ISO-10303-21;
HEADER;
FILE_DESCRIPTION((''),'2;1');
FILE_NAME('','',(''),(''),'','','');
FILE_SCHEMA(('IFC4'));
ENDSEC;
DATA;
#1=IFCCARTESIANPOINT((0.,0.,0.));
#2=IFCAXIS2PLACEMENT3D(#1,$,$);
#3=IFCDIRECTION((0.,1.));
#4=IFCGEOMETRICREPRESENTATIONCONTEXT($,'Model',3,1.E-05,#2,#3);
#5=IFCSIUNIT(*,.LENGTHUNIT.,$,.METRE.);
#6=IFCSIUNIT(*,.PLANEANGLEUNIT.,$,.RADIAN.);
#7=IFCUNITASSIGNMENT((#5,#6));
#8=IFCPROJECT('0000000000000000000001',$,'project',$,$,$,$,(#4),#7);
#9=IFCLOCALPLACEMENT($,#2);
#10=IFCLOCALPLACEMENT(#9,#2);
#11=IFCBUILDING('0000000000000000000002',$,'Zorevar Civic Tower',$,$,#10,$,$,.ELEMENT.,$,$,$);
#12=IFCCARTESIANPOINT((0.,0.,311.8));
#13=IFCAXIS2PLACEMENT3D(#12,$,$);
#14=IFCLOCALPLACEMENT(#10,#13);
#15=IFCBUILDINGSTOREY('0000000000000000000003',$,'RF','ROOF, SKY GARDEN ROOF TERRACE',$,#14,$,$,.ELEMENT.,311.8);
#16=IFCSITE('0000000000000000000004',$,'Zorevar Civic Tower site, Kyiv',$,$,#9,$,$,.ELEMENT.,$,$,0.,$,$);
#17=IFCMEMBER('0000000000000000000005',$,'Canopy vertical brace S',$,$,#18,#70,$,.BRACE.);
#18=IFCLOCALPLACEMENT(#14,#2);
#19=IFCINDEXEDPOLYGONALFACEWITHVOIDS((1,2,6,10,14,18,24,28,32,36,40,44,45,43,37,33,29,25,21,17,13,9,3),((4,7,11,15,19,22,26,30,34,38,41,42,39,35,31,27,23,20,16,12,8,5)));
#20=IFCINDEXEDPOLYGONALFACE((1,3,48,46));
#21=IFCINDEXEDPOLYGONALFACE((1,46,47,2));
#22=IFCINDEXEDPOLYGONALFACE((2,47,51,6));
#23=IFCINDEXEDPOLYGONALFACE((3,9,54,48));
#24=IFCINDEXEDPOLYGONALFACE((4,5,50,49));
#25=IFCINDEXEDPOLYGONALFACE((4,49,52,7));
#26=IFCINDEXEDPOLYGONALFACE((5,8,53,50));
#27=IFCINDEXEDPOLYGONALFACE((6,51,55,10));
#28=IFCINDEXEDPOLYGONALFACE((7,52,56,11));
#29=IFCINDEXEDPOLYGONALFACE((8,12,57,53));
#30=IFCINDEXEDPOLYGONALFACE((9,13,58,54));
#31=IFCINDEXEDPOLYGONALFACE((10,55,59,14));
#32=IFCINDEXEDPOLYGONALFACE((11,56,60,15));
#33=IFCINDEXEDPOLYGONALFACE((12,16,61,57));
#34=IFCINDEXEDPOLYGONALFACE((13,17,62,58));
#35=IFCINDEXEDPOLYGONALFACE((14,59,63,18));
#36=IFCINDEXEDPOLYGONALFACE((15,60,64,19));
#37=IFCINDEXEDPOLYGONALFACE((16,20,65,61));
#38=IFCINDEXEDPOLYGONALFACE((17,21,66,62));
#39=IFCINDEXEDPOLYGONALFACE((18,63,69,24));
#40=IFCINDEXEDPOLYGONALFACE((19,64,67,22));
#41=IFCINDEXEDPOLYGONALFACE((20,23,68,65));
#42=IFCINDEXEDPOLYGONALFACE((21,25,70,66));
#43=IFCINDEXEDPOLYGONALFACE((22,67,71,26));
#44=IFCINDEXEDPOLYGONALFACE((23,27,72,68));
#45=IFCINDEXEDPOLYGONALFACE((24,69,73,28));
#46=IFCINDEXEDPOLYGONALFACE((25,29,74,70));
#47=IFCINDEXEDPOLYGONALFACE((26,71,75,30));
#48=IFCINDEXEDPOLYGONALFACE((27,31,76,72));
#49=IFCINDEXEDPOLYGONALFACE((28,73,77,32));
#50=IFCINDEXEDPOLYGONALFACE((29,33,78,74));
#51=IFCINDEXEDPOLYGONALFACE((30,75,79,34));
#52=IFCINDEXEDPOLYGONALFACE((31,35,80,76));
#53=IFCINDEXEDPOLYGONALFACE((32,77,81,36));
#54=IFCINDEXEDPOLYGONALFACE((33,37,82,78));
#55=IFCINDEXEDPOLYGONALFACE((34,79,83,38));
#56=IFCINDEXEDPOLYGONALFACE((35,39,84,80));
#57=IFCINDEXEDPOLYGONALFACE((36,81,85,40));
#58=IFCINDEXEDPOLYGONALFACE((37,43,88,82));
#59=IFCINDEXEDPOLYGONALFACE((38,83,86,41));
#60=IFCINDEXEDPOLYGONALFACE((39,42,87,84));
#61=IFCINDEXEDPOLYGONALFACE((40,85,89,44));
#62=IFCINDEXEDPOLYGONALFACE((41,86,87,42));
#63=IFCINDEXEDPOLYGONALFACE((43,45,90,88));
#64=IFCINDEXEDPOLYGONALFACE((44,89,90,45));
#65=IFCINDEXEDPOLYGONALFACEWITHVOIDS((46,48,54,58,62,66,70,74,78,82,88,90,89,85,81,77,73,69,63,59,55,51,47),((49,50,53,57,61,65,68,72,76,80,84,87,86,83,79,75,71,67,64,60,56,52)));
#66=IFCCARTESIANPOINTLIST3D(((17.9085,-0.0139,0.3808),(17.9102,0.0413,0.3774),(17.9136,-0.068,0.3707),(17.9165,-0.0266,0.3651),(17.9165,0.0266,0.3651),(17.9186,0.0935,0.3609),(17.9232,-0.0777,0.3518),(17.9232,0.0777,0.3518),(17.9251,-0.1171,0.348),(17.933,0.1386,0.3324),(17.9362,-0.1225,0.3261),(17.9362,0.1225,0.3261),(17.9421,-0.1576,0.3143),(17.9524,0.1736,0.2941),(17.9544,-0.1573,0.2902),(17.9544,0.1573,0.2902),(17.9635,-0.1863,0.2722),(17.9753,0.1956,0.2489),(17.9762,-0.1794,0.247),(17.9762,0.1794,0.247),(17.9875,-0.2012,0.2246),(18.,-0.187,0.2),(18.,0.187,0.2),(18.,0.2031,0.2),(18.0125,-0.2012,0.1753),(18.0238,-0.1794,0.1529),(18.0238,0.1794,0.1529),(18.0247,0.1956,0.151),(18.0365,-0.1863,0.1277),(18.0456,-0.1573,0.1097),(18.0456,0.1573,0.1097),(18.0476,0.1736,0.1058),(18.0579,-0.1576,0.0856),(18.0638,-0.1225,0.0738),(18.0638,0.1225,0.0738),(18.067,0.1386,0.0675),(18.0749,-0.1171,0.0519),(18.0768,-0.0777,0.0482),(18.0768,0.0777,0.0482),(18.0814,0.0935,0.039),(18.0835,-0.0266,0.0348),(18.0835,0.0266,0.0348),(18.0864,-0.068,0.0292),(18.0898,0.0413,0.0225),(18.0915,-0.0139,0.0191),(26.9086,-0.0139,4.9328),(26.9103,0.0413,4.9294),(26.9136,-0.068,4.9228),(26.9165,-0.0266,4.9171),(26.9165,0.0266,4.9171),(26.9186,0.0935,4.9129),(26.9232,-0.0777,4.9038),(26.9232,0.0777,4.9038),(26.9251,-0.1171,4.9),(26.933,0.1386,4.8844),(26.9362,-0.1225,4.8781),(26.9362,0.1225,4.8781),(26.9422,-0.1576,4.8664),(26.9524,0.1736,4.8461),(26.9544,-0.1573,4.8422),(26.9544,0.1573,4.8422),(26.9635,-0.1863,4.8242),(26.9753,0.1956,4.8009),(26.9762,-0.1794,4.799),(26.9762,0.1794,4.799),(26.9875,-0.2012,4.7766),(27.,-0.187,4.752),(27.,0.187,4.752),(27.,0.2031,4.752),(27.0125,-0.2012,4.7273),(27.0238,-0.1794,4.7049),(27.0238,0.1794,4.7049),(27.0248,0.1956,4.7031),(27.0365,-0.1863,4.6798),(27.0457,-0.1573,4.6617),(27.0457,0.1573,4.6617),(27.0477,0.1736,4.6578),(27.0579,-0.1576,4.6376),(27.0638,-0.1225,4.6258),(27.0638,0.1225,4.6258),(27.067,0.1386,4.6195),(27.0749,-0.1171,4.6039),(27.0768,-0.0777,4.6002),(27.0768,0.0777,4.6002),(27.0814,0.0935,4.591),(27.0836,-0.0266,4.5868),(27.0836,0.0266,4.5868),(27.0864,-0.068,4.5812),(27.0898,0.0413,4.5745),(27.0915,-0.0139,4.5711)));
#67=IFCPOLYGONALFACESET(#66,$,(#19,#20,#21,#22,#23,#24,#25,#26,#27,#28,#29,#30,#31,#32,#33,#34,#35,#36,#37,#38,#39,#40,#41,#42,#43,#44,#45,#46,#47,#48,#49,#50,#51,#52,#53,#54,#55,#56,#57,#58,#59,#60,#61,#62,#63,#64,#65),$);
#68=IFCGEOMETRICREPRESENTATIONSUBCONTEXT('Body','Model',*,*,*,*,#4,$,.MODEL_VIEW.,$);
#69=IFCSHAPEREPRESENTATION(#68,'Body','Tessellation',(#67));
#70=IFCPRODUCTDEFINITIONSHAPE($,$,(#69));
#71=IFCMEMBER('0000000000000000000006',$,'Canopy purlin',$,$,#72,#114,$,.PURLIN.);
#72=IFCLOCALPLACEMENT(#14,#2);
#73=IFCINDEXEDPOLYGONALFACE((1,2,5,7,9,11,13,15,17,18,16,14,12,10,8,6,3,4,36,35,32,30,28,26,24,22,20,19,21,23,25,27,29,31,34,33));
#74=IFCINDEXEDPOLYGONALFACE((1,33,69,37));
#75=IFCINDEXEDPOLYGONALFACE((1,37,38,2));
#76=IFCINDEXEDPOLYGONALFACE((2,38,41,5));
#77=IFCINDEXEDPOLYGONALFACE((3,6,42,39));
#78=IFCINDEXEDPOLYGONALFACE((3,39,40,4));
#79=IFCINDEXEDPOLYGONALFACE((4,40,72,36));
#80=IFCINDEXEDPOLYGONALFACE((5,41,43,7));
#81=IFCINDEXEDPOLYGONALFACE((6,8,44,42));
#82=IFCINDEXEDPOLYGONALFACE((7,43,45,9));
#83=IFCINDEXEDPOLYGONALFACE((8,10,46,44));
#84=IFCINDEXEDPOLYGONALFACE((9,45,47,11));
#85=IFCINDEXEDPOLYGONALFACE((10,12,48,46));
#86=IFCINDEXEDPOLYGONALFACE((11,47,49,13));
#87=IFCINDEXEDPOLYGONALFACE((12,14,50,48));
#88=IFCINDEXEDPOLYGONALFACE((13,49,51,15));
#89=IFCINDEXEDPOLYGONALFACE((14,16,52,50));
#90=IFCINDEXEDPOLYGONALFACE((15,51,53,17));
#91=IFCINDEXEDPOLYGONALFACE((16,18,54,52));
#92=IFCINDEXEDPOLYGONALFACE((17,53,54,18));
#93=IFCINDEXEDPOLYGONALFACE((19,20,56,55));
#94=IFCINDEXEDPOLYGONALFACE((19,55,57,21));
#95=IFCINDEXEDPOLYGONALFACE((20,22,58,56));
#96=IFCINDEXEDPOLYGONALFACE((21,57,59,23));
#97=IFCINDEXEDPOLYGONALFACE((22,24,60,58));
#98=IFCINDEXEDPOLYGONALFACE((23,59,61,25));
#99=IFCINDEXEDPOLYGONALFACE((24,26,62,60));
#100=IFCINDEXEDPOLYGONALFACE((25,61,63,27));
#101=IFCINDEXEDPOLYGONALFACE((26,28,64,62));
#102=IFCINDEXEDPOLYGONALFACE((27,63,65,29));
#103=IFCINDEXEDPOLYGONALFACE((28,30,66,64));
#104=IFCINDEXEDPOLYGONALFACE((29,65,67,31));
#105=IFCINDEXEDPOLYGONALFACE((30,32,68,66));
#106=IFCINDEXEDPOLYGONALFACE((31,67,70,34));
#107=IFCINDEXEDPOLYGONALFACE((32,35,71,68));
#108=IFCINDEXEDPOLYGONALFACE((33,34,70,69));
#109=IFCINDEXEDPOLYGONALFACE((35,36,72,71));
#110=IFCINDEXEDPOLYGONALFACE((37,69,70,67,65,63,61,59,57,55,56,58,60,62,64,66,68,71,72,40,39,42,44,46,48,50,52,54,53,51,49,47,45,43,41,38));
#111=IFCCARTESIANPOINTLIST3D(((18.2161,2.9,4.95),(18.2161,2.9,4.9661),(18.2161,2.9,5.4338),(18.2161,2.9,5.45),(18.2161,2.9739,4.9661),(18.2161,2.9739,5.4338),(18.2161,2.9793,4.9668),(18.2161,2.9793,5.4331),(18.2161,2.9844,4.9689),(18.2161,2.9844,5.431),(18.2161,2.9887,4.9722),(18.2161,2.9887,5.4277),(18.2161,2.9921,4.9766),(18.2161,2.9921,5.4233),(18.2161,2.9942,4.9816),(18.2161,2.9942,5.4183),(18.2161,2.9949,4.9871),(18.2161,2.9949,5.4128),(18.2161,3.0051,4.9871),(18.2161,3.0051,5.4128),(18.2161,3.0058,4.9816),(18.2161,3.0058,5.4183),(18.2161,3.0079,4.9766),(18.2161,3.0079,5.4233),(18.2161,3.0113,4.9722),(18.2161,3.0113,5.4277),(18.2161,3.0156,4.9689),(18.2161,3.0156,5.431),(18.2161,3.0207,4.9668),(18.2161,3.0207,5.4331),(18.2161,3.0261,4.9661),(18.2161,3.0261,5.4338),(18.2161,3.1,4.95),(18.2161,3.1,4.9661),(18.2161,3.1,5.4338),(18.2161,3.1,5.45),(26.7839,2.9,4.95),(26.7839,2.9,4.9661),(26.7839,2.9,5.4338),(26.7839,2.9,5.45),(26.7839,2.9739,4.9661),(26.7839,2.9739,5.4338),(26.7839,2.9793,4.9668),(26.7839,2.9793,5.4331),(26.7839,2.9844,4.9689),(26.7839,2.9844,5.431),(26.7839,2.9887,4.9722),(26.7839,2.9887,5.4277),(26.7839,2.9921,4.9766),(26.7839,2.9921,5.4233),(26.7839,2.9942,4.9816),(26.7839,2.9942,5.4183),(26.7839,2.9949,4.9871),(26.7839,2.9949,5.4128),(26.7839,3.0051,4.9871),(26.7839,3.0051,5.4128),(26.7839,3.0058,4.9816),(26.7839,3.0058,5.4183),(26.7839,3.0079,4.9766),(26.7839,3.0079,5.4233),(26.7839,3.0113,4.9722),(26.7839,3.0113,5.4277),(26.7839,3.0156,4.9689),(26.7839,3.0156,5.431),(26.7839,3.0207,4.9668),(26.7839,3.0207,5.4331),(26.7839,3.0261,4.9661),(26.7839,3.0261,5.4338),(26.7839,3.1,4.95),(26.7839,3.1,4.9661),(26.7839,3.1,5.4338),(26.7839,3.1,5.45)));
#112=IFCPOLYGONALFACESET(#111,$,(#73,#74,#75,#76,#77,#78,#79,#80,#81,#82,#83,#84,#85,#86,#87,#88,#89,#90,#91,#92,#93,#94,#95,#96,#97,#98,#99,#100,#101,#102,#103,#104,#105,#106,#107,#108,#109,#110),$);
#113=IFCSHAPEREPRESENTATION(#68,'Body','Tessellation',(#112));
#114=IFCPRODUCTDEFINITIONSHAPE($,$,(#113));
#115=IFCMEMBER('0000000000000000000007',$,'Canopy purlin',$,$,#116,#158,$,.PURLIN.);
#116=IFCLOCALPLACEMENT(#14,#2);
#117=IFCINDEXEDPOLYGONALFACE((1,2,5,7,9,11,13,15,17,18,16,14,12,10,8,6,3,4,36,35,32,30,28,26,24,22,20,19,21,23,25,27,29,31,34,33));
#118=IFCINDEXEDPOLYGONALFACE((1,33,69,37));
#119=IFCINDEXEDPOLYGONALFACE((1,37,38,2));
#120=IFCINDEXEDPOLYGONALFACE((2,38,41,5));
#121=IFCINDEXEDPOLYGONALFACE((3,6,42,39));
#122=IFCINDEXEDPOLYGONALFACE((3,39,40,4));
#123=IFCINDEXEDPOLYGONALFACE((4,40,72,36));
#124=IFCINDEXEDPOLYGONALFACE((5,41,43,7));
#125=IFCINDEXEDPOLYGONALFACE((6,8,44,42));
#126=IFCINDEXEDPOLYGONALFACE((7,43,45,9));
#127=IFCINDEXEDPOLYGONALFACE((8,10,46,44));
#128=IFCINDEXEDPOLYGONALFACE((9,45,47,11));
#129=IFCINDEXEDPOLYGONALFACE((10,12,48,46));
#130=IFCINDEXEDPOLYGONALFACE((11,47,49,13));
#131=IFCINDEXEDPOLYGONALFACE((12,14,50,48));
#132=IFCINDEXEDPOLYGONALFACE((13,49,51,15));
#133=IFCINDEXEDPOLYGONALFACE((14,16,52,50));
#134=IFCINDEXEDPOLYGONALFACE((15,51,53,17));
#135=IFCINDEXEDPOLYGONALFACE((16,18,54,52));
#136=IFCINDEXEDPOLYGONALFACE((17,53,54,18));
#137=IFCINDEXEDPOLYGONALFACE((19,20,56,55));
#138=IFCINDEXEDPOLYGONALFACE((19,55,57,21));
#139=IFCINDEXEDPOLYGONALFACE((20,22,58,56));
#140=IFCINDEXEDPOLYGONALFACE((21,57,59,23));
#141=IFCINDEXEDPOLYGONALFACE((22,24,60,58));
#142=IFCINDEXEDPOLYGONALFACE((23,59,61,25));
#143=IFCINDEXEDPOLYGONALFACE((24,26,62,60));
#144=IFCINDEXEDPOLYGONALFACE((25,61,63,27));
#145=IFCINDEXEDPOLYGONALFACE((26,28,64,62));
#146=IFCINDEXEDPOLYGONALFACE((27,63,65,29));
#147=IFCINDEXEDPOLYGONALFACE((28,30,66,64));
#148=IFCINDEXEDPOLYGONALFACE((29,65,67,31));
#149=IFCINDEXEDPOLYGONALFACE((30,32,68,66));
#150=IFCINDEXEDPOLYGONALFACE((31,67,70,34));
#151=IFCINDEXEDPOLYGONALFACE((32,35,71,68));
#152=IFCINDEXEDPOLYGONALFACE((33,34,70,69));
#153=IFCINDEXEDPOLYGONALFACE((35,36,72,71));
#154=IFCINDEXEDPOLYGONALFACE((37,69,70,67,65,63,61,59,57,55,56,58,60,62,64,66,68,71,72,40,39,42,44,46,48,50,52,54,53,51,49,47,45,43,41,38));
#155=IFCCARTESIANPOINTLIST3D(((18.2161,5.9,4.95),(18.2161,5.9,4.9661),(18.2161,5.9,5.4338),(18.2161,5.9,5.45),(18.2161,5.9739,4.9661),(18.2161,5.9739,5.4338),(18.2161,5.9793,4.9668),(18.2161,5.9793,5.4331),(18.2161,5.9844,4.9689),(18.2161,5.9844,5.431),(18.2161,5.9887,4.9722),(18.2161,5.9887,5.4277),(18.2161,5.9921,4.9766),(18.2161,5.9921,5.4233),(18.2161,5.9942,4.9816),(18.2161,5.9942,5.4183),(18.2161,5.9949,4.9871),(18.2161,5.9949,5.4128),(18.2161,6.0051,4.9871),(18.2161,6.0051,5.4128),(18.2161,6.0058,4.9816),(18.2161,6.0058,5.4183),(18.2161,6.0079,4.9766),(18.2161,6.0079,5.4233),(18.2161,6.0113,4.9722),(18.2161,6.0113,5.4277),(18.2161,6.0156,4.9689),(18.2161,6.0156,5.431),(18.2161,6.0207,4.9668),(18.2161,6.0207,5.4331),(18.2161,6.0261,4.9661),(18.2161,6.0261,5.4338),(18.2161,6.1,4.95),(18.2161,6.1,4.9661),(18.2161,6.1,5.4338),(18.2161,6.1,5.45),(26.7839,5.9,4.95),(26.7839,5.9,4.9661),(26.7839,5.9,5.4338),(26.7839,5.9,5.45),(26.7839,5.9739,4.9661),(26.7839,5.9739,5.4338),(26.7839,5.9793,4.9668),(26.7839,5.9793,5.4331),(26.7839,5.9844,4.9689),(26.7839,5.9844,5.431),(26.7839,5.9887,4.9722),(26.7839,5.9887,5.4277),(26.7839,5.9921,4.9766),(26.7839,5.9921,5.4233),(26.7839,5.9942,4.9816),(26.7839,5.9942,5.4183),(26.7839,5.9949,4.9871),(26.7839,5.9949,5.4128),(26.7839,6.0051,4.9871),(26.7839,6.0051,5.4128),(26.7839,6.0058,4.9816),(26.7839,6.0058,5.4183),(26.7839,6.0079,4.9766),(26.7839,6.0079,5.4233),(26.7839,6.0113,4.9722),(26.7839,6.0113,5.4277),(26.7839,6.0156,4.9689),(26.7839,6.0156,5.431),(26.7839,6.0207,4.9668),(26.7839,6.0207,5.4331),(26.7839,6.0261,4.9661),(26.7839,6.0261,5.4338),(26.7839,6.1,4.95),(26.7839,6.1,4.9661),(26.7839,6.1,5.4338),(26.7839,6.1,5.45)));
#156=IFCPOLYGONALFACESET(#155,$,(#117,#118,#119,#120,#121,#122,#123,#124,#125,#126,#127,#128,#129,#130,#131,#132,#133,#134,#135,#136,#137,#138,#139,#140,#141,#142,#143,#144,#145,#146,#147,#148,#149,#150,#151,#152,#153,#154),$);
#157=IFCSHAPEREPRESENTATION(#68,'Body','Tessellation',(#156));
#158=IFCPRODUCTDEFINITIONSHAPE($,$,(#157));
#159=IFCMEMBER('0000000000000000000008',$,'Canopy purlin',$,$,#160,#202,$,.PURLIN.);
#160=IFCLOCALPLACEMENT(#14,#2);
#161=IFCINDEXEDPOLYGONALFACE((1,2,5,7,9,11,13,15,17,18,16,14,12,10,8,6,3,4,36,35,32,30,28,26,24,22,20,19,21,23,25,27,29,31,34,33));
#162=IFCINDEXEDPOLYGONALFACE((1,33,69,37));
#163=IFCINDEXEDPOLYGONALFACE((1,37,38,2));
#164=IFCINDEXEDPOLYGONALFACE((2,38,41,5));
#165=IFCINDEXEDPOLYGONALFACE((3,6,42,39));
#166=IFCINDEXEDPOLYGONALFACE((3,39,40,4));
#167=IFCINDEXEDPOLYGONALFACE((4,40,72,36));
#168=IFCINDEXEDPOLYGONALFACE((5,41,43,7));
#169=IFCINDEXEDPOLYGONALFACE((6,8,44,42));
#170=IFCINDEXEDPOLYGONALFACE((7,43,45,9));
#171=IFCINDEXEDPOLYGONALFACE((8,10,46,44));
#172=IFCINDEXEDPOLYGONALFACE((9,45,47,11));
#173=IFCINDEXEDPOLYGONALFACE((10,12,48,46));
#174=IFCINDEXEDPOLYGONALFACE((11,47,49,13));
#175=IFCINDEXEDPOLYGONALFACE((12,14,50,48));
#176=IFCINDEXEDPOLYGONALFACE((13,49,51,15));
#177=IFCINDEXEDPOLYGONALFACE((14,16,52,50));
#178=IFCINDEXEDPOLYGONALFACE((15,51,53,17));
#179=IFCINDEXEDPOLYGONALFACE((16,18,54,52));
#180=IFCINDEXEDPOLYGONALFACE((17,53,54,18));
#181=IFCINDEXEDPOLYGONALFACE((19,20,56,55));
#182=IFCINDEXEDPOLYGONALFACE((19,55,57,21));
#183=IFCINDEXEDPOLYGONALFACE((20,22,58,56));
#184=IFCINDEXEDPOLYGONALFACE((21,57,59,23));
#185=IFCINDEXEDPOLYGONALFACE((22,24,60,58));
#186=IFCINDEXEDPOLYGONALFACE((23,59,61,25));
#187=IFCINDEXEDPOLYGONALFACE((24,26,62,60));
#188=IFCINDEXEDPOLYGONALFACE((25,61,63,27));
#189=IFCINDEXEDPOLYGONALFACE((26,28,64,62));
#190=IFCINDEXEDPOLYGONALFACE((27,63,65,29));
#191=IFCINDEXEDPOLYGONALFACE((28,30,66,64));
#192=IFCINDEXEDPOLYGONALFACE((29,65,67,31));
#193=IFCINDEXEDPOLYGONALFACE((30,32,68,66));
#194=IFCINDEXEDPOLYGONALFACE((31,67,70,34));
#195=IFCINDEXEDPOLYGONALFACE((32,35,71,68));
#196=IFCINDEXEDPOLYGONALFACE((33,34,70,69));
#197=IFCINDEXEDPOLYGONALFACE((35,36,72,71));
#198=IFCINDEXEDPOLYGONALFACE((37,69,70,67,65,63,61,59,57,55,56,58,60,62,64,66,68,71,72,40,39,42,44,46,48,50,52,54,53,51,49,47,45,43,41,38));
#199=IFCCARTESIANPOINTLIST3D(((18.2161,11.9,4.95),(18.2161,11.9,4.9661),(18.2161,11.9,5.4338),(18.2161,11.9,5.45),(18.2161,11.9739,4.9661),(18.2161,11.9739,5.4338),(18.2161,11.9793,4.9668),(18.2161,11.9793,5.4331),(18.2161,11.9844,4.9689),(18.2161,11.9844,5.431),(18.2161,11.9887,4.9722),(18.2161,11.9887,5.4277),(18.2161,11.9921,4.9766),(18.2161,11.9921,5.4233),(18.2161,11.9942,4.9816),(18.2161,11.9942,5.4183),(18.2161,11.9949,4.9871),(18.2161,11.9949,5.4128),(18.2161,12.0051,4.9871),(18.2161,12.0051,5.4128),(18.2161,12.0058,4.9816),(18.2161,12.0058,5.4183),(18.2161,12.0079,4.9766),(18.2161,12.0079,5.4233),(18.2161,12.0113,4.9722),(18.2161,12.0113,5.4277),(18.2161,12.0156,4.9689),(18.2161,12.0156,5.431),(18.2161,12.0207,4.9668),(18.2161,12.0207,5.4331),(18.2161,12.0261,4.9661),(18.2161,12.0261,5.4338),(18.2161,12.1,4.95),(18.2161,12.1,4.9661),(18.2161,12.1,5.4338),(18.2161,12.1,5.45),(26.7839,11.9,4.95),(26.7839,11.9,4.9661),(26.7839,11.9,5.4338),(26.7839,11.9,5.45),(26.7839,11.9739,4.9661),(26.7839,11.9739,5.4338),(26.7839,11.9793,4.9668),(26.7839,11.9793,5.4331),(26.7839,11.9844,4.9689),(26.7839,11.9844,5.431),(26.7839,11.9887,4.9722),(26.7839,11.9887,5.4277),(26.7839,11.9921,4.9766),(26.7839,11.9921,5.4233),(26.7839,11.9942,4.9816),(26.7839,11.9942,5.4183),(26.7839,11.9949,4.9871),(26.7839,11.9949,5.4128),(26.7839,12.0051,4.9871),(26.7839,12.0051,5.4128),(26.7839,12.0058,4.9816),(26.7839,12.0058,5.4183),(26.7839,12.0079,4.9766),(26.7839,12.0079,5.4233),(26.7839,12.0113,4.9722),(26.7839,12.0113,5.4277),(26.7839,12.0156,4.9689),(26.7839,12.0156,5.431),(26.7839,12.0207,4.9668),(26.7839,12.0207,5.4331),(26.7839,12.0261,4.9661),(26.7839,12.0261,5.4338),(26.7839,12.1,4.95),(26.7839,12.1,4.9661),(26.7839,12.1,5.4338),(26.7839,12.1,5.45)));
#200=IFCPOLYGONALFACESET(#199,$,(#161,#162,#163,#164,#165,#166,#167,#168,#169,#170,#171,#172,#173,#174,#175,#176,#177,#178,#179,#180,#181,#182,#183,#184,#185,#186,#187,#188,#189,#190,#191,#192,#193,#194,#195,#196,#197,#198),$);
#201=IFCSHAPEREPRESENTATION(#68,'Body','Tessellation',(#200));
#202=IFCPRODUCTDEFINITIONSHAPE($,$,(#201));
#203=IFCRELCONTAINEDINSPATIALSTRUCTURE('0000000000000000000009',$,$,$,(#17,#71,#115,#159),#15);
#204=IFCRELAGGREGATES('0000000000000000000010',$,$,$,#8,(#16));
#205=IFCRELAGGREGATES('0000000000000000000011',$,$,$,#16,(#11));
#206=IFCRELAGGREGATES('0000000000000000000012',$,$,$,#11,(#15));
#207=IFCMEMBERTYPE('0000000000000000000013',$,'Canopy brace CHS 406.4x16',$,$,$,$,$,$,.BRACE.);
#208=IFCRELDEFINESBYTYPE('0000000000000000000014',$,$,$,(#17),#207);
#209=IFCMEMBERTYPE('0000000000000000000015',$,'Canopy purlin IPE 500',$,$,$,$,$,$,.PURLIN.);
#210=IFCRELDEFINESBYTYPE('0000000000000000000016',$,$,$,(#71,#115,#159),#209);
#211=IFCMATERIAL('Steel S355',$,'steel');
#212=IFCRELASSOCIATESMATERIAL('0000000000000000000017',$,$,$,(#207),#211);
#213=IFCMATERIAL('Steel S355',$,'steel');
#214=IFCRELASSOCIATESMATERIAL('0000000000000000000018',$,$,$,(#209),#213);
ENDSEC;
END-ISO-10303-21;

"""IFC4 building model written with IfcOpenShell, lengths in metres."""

from ifc_helpers import new_model, si_unit, direction, frame, origin, origin_2d, place, context, subcontext, project, spatial, hollow_circle, i_section, extrude, material, material_profile, profile_set, type_object, element, save


model = new_model("IFC4")

# Units and contexts
model_context = context("Model", 3, precision=1e-05, world=origin(), true_north=direction((0.0, 1.0)))
body_context = subcontext(model_context, "Body", "Model", "MODEL_VIEW")
ifc_project = project(units=[si_unit("LENGTHUNIT", "METRE"), si_unit("PLANEANGLEUNIT", "RADIAN")], contexts=[model_context])

# Site, building, storey
site_placement = place(None, origin())
site = spatial("IfcSite", under=ifc_project, at=site_placement, Name="Zorevar Civic Tower site, Kyiv", CompositionType="ELEMENT", RefElevation=0.0)
building_placement = place(site_placement, origin())
building = spatial("IfcBuilding", under=site, at=building_placement, Name="Zorevar Civic Tower", CompositionType="ELEMENT")
storey_placement = place(building_placement, frame((0.0, 0.0, 311.8)))
storey = spatial("IfcBuildingStorey", under=building, at=storey_placement, Name="RF", Description="ROOF, SKY GARDEN ROOF TERRACE", CompositionType="ELEMENT", Elevation=311.8)

# Members
ifc_material_1 = material(Name="Steel S355", Category="steel")
ifc_material_profile_1 = material_profile(ifc_material_1, hollow_circle(Radius=0.2031, WallThickness=0.0161, at=origin_2d()), Name="CHS 406.4x16")
ifc_profile_set_1 = profile_set([ifc_material_profile_1], Name="Steel S355")
member_type_1 = type_object("IfcMemberType", Name="Canopy brace CHS 406.4x16", PredefinedType="BRACE", material=ifc_profile_set_1)
member_1_placement = place(storey_placement, frame((18.0, 0.0, 0.2), z_axis=(0.892355, 0.0, 0.451334), x_axis=(0.0, 1.0, 0.0)))
element("IfcMember", 1, at=member_1_placement, inside=storey, type_object=member_type_1, Name="Canopy vertical brace S", PredefinedType="BRACE", context=body_context, shape_type="SweptSolid", body=[
    extrude(hollow_circle(Radius=0.2031, WallThickness=0.0161, at=origin_2d()), origin(), (0.0, 0.0, 1.0), 10.0857),
])
ifc_material_2 = material(Name="Steel S355", Category="steel")
ifc_material_profile_2 = material_profile(ifc_material_2, i_section(OverallWidth=0.2, OverallDepth=0.5, WebThickness=0.0103, FlangeThickness=0.0161, FilletRadius=0.021, at=origin_2d()), Name="IPE 500")
ifc_profile_set_2 = profile_set([ifc_material_profile_2], Name="Steel S355")
member_type_2 = type_object("IfcMemberType", Name="Canopy purlin IPE 500", PredefinedType="PURLIN", material=ifc_profile_set_2)
for number, where, z_axis, x_axis, name in (
    (2, (18.2161, 3.0, 5.2), (1.0, 0.0, 0.0), (0.0, 1.0, 0.0), "Canopy purlin"),
    (3, (18.2161, 6.0, 5.2), (1.0, 0.0, 0.0), (0.0, 1.0, 0.0), "Canopy purlin"),
    (4, (18.2161, 12.0, 5.2), (1.0, 0.0, 0.0), (0.0, 1.0, 0.0), "Canopy purlin"),
):
    element("IfcMember", number, at=place(storey_placement, frame(where, z_axis=z_axis, x_axis=x_axis)), inside=storey, type_object=member_type_2, Name=name, PredefinedType="PURLIN", context=body_context, shape_type="SweptSolid", body=[
        extrude(i_section(OverallWidth=0.2, OverallDepth=0.5, WebThickness=0.0103, FlangeThickness=0.0161, FilletRadius=0.021, at=origin_2d()), origin(), (0.0, 0.0, 1.0), 8.5679),
    ])

save(model, "model.ifc")
